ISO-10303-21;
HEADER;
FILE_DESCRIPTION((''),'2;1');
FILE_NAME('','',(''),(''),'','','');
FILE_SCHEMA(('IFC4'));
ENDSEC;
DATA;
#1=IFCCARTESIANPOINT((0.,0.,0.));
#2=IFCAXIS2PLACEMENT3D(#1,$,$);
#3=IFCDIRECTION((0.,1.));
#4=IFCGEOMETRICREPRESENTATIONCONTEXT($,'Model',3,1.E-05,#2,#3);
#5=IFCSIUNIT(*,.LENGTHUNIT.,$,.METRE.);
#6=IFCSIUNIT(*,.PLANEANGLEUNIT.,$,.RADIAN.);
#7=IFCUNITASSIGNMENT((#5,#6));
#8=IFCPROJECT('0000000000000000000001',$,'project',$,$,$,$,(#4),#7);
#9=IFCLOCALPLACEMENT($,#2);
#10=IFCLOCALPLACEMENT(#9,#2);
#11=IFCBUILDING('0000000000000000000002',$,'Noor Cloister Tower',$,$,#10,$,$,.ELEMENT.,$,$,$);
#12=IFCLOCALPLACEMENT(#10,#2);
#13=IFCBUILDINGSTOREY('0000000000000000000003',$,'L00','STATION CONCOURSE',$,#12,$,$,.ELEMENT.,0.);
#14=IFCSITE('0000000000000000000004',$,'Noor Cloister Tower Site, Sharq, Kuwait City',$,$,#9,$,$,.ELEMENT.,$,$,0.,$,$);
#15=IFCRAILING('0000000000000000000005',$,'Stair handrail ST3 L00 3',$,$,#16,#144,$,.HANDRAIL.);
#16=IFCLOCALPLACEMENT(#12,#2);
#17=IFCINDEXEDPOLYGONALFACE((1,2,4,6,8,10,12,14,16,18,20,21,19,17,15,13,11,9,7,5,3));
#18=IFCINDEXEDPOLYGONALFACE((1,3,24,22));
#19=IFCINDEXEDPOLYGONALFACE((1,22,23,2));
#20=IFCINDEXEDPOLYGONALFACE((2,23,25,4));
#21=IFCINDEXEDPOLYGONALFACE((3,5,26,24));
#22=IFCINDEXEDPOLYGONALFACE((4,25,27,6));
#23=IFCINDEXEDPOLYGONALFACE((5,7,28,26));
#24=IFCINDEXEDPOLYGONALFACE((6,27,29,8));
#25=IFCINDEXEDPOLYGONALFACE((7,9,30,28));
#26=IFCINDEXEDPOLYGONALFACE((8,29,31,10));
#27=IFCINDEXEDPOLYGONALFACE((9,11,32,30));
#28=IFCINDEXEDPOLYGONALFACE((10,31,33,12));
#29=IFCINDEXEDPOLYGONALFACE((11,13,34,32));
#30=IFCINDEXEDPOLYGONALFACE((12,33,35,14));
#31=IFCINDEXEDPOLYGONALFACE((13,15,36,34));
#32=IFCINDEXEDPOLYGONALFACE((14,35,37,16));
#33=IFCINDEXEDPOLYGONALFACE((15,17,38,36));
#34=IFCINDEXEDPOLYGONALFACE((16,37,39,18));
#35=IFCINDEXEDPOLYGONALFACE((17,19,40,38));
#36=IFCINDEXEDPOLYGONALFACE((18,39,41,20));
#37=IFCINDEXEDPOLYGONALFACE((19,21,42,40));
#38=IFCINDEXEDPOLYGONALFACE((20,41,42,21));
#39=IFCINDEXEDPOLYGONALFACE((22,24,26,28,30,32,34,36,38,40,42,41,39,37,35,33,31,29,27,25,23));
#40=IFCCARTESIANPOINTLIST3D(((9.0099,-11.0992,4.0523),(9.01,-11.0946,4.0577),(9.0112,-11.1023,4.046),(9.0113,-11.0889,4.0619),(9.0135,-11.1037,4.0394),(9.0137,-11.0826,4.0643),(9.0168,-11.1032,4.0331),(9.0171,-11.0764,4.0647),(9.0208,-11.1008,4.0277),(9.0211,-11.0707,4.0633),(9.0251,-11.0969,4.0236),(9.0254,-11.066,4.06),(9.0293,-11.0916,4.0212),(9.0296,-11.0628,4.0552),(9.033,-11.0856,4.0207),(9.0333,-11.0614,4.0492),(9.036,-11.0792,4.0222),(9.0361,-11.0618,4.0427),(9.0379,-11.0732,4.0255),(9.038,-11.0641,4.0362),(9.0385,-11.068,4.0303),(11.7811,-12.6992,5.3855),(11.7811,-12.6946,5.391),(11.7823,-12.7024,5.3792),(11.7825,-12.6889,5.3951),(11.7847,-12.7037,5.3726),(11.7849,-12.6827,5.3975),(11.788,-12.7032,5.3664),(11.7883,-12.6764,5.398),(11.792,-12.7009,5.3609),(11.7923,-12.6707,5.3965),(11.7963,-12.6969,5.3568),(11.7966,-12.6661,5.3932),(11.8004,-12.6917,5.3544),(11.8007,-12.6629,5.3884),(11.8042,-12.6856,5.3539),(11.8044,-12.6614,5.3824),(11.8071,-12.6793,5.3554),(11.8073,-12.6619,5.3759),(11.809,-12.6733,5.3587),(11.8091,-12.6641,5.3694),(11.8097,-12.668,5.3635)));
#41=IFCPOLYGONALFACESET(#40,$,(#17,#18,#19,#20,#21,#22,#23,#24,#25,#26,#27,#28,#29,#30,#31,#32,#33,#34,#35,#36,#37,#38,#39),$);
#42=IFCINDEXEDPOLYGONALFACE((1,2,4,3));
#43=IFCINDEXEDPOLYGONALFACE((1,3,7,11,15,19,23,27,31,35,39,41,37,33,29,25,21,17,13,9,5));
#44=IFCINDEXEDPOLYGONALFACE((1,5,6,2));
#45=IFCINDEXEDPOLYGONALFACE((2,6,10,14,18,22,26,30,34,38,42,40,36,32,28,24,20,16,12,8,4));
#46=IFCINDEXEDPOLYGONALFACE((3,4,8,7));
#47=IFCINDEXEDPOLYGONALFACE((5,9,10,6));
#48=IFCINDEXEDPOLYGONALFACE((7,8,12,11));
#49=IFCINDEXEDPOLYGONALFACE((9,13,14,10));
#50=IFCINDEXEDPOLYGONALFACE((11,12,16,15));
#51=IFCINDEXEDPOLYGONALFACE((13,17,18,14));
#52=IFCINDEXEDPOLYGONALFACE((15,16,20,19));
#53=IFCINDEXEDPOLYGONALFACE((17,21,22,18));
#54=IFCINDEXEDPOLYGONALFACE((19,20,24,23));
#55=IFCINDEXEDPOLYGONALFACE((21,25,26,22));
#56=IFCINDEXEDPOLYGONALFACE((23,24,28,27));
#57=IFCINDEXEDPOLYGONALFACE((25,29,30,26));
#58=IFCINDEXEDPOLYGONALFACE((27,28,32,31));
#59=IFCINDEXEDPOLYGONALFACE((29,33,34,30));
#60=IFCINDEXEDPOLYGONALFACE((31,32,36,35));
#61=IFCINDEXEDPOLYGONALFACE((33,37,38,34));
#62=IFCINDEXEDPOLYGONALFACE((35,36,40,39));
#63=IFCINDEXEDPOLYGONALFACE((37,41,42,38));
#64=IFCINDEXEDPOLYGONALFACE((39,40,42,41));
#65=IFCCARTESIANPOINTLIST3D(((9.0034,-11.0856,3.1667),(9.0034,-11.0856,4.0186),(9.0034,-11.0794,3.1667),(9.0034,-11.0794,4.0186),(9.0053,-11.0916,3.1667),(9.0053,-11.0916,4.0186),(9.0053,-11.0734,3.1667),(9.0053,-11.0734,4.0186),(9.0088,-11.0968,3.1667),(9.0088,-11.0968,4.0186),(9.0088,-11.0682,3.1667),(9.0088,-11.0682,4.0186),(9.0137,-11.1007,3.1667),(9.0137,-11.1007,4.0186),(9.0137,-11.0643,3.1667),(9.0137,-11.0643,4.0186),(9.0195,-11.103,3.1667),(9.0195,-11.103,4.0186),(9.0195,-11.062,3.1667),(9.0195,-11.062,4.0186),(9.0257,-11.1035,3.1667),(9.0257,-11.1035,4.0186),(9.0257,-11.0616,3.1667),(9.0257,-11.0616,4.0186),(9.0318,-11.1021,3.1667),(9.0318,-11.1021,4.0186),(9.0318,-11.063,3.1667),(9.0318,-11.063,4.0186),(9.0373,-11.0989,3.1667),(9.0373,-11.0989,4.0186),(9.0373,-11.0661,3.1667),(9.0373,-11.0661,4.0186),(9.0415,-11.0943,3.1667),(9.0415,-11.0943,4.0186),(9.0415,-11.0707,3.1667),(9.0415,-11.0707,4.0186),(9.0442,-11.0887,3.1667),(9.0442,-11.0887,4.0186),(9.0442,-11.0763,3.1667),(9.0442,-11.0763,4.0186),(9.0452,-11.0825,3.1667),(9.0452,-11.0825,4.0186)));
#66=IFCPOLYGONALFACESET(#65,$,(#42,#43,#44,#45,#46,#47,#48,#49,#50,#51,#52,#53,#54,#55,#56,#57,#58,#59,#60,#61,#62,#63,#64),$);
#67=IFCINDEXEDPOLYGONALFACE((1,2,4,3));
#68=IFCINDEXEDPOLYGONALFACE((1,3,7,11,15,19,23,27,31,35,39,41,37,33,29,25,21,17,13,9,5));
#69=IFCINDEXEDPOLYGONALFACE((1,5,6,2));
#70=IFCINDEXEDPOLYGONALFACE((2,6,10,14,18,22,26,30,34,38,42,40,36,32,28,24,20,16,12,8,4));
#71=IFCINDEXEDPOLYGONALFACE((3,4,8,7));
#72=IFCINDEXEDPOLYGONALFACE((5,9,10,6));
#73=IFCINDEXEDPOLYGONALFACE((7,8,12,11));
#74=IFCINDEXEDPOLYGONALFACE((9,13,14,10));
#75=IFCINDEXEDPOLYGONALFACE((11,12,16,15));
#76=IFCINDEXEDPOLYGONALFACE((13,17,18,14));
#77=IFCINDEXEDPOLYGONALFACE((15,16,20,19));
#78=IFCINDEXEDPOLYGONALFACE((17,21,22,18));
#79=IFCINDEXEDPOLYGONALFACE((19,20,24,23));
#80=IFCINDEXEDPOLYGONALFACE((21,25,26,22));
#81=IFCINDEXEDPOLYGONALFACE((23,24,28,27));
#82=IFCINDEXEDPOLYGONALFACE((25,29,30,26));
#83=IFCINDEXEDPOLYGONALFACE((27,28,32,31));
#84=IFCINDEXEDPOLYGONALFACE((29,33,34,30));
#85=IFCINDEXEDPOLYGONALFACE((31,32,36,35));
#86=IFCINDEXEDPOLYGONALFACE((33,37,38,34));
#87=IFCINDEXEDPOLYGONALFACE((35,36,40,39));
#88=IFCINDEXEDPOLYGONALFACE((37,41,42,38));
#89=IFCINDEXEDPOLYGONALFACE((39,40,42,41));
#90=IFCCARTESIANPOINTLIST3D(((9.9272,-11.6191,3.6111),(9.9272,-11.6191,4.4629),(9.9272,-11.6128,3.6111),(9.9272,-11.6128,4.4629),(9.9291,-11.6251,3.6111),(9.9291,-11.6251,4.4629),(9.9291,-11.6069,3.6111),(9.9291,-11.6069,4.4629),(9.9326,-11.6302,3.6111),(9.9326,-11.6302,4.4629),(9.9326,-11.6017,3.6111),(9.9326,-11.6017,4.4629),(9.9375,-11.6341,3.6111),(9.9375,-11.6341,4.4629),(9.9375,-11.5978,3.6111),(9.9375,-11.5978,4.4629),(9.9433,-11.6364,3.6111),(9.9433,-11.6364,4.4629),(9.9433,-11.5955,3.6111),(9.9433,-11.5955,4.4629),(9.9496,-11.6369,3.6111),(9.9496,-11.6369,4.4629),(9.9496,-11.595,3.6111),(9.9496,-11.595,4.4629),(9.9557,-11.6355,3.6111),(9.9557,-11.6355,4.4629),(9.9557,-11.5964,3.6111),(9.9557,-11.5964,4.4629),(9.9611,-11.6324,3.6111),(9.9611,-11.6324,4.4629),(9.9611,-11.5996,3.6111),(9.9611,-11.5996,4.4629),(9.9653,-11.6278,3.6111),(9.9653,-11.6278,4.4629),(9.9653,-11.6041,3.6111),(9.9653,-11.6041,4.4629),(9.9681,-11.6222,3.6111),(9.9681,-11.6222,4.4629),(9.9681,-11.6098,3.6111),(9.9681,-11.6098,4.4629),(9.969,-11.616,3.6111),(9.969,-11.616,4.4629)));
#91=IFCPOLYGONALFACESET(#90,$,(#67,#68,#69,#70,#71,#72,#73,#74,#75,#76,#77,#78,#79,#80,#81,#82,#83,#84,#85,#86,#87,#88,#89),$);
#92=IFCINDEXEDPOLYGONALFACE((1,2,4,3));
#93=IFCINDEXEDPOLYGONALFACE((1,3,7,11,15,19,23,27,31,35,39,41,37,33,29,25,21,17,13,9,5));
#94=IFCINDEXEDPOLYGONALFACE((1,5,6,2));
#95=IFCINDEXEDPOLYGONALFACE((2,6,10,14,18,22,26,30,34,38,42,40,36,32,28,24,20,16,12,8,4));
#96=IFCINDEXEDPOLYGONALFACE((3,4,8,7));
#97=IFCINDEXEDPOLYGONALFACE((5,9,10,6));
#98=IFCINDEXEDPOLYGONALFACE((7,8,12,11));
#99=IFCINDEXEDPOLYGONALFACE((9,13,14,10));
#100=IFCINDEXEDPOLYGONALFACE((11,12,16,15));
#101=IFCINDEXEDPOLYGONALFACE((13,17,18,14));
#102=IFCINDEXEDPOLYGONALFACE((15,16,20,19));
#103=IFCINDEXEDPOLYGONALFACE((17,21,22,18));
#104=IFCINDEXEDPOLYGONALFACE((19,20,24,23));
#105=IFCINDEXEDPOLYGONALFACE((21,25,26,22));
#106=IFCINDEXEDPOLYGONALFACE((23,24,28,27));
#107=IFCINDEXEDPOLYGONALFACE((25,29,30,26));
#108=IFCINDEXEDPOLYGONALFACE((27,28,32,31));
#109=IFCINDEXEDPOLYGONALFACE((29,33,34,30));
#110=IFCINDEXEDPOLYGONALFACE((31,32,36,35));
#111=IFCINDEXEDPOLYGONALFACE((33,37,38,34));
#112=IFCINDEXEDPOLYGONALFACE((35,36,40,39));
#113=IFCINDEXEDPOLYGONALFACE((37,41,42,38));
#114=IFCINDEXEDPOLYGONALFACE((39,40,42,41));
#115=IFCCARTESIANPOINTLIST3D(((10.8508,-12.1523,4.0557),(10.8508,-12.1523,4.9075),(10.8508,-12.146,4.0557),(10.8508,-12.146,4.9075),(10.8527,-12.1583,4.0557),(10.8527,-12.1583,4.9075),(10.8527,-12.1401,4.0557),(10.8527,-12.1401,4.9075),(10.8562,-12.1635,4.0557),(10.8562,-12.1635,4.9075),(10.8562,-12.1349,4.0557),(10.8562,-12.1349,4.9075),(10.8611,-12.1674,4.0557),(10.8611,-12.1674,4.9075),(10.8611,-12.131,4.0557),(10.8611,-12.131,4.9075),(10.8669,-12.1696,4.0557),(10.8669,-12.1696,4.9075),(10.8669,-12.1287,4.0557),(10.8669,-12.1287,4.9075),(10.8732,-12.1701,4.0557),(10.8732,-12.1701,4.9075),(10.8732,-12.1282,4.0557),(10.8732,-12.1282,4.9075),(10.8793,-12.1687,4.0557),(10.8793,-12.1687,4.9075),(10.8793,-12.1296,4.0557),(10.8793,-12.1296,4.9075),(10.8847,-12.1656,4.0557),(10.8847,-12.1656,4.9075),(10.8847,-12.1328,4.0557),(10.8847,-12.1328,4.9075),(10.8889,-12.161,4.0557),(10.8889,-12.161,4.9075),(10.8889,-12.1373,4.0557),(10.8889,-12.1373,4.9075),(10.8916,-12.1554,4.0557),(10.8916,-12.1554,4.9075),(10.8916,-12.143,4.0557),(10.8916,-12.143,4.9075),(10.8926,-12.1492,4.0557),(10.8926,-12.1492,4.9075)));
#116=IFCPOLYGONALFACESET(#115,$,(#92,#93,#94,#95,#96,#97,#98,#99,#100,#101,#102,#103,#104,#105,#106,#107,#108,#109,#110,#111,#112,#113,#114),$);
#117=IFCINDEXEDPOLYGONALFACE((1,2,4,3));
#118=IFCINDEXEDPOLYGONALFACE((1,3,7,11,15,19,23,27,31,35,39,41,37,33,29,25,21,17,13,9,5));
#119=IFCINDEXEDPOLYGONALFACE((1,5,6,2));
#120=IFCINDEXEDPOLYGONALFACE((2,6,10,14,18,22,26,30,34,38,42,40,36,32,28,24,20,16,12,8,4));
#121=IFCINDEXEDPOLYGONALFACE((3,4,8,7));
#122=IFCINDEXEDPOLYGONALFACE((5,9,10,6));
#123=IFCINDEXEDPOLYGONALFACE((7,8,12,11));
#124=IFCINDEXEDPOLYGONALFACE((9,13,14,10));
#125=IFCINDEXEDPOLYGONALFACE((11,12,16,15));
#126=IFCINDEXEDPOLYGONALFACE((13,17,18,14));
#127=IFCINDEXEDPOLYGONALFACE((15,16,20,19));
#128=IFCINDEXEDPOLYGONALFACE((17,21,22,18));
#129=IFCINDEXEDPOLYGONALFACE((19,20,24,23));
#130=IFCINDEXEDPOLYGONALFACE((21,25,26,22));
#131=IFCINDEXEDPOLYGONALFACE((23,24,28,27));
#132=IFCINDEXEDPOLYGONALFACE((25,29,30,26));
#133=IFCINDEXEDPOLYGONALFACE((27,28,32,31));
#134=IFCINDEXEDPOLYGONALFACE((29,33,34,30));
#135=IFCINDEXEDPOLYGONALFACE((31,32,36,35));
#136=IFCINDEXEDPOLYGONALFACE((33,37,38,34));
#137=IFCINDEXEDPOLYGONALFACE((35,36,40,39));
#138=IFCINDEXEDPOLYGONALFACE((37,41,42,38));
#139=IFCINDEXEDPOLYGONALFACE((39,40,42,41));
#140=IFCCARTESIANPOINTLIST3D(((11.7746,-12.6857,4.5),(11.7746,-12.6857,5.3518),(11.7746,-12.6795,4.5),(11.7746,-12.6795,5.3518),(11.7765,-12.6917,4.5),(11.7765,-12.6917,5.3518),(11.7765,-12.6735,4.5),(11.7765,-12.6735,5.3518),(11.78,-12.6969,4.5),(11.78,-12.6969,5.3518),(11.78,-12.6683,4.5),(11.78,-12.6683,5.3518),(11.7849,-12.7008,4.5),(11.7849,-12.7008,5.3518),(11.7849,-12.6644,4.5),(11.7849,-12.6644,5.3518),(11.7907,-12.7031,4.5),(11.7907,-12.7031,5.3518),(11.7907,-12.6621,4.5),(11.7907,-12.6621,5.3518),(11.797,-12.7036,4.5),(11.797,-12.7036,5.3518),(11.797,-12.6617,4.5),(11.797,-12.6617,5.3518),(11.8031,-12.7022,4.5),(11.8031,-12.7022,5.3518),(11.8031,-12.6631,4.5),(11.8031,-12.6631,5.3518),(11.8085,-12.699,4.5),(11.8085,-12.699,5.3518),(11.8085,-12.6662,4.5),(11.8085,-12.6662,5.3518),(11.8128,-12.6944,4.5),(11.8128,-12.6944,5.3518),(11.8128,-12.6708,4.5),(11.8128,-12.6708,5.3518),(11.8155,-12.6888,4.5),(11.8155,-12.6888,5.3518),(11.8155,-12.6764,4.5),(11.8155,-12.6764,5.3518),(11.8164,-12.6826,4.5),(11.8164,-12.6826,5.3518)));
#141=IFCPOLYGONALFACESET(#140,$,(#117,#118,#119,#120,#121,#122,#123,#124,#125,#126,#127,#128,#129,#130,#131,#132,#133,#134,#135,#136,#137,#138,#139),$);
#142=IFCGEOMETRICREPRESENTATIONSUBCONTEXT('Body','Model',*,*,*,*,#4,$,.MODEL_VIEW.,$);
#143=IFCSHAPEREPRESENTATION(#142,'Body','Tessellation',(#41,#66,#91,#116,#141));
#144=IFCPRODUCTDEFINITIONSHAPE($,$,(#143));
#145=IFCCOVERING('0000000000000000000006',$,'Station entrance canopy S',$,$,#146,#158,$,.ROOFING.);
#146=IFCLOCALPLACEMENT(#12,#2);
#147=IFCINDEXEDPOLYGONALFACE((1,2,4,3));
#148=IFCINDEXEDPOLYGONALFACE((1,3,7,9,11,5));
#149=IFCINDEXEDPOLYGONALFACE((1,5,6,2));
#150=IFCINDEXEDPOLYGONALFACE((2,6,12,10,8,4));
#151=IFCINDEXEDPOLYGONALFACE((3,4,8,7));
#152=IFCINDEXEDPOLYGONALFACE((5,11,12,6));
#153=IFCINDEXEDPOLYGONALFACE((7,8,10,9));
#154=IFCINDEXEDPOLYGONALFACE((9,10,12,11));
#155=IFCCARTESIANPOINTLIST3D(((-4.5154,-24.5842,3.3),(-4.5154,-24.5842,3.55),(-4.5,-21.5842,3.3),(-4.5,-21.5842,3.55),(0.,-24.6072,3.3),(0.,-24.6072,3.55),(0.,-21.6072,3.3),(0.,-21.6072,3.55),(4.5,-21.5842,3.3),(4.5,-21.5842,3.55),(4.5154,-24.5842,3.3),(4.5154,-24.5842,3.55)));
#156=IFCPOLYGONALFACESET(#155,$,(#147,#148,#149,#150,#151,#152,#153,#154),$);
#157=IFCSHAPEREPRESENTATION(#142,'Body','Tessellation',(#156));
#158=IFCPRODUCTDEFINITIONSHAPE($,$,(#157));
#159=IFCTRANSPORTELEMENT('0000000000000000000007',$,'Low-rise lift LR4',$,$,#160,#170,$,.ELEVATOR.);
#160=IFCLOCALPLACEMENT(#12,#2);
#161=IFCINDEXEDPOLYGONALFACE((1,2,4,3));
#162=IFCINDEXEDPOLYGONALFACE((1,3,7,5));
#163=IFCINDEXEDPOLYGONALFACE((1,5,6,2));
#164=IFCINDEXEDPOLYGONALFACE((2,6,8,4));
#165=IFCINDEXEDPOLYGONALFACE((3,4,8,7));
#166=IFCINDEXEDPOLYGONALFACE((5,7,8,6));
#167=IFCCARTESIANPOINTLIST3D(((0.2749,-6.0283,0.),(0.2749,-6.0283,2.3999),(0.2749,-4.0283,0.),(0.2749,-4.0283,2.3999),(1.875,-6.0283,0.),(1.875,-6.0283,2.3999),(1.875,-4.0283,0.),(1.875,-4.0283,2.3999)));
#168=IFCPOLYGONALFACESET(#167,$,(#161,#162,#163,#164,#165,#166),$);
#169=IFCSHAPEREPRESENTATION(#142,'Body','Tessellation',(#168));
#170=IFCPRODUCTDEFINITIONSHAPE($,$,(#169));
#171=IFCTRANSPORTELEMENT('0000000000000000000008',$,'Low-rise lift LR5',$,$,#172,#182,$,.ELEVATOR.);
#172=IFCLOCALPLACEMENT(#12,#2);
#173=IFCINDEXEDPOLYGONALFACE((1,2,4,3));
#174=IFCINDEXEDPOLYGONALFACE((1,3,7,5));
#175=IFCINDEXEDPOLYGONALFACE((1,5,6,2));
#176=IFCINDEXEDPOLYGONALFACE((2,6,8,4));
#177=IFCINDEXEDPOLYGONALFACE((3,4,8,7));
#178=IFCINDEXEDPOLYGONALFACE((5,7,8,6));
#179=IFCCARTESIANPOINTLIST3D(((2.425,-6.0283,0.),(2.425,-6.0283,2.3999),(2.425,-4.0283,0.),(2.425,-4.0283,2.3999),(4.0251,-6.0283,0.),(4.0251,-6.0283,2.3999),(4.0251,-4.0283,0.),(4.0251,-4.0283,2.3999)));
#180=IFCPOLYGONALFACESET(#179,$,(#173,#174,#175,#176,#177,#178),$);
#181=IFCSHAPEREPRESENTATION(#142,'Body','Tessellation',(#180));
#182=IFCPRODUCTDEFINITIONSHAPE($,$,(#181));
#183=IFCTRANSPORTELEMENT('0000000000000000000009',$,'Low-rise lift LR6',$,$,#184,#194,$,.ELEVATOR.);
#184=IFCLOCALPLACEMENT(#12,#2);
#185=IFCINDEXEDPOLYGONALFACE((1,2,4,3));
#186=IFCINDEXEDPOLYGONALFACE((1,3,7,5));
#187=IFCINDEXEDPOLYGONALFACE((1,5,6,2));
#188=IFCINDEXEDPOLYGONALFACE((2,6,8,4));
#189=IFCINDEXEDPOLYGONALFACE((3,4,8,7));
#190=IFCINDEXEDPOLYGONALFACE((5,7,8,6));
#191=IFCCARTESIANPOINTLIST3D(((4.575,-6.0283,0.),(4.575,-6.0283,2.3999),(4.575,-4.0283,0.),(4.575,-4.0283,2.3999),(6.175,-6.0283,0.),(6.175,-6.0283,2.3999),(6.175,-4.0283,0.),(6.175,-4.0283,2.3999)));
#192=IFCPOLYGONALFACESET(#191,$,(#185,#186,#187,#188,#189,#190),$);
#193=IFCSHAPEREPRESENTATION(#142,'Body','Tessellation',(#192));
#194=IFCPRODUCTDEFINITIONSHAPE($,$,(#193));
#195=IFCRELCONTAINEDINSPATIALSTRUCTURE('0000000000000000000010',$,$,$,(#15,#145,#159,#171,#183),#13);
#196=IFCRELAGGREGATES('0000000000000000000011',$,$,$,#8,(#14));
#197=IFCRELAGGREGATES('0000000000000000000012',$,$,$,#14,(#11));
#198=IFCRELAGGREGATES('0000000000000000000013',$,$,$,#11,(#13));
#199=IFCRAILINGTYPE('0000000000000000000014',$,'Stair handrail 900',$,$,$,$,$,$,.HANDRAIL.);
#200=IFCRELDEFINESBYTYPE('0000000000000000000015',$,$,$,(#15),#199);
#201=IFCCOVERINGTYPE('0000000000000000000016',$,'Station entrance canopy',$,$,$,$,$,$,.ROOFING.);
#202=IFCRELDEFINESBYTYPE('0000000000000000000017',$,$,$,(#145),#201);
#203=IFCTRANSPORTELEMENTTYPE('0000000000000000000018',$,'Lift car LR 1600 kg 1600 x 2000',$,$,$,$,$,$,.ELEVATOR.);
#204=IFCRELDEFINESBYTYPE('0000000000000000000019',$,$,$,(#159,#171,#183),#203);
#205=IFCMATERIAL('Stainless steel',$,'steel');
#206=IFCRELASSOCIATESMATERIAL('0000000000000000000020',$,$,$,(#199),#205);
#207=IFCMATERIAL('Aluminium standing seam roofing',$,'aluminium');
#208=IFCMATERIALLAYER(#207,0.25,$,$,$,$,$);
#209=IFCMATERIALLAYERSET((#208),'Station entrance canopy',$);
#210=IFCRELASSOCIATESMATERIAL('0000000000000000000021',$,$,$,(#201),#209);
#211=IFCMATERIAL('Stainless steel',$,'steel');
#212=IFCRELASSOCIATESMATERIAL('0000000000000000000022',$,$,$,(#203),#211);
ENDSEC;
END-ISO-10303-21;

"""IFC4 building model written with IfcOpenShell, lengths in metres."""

from ifc_helpers import new_model, si_unit, direction, frame, origin, origin_2d, place, context, subcontext, project, spatial, polyline, rectangle, circle, outline, extrude, material, layer, layer_set, type_object, element, save


model = new_model("IFC4")

# Units and contexts
model_context = context("Model", 3, precision=1e-05, world=origin(), true_north=direction((0.0, 1.0)))
body_context = subcontext(model_context, "Body", "Model", "MODEL_VIEW")
ifc_project = project(units=[si_unit("LENGTHUNIT", "METRE"), si_unit("PLANEANGLEUNIT", "RADIAN")], contexts=[model_context])

# Site, building, storey
site_placement = place(None, origin())
site = spatial("IfcSite", under=ifc_project, at=site_placement, Name="Noor Cloister Tower Site, Sharq, Kuwait City", CompositionType="ELEMENT", RefElevation=0.0)
building_placement = place(site_placement, origin())
building = spatial("IfcBuilding", under=site, at=building_placement, Name="Noor Cloister Tower", CompositionType="ELEMENT")
storey_placement = place(building_placement, origin())
storey = spatial("IfcBuildingStorey", under=building, at=storey_placement, Name="L00", Description="STATION CONCOURSE", CompositionType="ELEMENT", Elevation=0.0)

# Railing
ifc_material_1 = material(Name="Stainless steel", Category="steel")
railing_type_1 = type_object("IfcRailingType", Name="Stair handrail 900", PredefinedType="HANDRAIL", material=ifc_material_1)
railing_1_placement = place(storey_placement, frame((9.0242, -11.0825, 3.1667)))
element("IfcRailing", 1, at=railing_1_placement, inside=storey, type_object=railing_type_1, Name="Stair handrail ST3 L00 3", PredefinedType="HANDRAIL", context=body_context, shape_type="SweptSolid", body=[
    extrude(circle(Radius=0.0239, at=origin_2d()), frame((0.0, 0.0, 0.876), z_axis=(0.799401, -0.461569, 0.384594), x_axis=(0.500028, 0.866009, 0.0)), (0.0, 0.0, 1.0), 3.4666),
    extrude(circle(Radius=0.021, at=origin_2d()), origin(), (0.0, 0.0, 1.0), 0.8518),
    extrude(circle(Radius=0.021, at=origin_2d()), frame((0.9238, -0.5334, 0.4443)), (0.0, 0.0, 1.0), 0.8518),
    extrude(circle(Radius=0.021, at=origin_2d()), frame((1.8474, -1.0667, 0.8889)), (0.0, 0.0, 1.0), 0.8518),
    extrude(circle(Radius=0.021, at=origin_2d()), frame((2.7712, -1.6001, 1.3333)), (0.0, 0.0, 1.0), 0.8518),
])

# Covering
ifc_material_2 = material(Name="Aluminium standing seam roofing", Category="aluminium")
ifc_layer_1 = layer(ifc_material_2, 0.25)
ifc_layer_set_1 = layer_set([ifc_layer_1], Name="Station entrance canopy")
covering_type = type_object("IfcCoveringType", Name="Station entrance canopy", PredefinedType="ROOFING", material=ifc_layer_set_1)
covering_placement = place(storey_placement, frame((0.0, 0.0, 3.3)))
element("IfcCovering", 2, at=covering_placement, inside=storey, type_object=covering_type, Name="Station entrance canopy S", PredefinedType="ROOFING", context=body_context, shape_type="SweptSolid", body=[
    extrude(outline(polyline([(-4.5154, -24.5842), (0.0, -24.6072), (4.5154, -24.5842), (4.5, -21.5842), (0.0, -21.6072), (-4.5, -21.5842), (-4.5154, -24.5842)])), origin(), (0.0, 0.0, 1.0), 0.25),
])

# Transport elements
ifc_material_3 = material(Name="Stainless steel", Category="steel")
transport_element_type = type_object("IfcTransportElementType", Name="Lift car LR 1600 kg 1600 x 2000", PredefinedType="ELEVATOR", material=ifc_material_3)
for number, where, z_axis, x_axis, name in (
    (3, (1.075, -5.0283, 0.0), (0.0, 0.0, 1.0), (1.0, 0.0, 0.0), "Low-rise lift LR4"),
    (4, (3.2251, -5.0283, 0.0), (0.0, 0.0, 1.0), (1.0, 0.0, 0.0), "Low-rise lift LR5"),
    (5, (5.375, -5.0283, 0.0), (0.0, 0.0, 1.0), (1.0, 0.0, 0.0), "Low-rise lift LR6"),
):
    element("IfcTransportElement", number, at=place(storey_placement, frame(where, z_axis=z_axis, x_axis=x_axis)), inside=storey, type_object=transport_element_type, Name=name, PredefinedType="ELEVATOR", context=body_context, shape_type="SweptSolid", body=[
        extrude(rectangle(XDim=1.6001, YDim=2.0, at=origin_2d()), origin(), (0.0, 0.0, 1.0), 2.3999),
    ])

save(model, "model.ifc")
